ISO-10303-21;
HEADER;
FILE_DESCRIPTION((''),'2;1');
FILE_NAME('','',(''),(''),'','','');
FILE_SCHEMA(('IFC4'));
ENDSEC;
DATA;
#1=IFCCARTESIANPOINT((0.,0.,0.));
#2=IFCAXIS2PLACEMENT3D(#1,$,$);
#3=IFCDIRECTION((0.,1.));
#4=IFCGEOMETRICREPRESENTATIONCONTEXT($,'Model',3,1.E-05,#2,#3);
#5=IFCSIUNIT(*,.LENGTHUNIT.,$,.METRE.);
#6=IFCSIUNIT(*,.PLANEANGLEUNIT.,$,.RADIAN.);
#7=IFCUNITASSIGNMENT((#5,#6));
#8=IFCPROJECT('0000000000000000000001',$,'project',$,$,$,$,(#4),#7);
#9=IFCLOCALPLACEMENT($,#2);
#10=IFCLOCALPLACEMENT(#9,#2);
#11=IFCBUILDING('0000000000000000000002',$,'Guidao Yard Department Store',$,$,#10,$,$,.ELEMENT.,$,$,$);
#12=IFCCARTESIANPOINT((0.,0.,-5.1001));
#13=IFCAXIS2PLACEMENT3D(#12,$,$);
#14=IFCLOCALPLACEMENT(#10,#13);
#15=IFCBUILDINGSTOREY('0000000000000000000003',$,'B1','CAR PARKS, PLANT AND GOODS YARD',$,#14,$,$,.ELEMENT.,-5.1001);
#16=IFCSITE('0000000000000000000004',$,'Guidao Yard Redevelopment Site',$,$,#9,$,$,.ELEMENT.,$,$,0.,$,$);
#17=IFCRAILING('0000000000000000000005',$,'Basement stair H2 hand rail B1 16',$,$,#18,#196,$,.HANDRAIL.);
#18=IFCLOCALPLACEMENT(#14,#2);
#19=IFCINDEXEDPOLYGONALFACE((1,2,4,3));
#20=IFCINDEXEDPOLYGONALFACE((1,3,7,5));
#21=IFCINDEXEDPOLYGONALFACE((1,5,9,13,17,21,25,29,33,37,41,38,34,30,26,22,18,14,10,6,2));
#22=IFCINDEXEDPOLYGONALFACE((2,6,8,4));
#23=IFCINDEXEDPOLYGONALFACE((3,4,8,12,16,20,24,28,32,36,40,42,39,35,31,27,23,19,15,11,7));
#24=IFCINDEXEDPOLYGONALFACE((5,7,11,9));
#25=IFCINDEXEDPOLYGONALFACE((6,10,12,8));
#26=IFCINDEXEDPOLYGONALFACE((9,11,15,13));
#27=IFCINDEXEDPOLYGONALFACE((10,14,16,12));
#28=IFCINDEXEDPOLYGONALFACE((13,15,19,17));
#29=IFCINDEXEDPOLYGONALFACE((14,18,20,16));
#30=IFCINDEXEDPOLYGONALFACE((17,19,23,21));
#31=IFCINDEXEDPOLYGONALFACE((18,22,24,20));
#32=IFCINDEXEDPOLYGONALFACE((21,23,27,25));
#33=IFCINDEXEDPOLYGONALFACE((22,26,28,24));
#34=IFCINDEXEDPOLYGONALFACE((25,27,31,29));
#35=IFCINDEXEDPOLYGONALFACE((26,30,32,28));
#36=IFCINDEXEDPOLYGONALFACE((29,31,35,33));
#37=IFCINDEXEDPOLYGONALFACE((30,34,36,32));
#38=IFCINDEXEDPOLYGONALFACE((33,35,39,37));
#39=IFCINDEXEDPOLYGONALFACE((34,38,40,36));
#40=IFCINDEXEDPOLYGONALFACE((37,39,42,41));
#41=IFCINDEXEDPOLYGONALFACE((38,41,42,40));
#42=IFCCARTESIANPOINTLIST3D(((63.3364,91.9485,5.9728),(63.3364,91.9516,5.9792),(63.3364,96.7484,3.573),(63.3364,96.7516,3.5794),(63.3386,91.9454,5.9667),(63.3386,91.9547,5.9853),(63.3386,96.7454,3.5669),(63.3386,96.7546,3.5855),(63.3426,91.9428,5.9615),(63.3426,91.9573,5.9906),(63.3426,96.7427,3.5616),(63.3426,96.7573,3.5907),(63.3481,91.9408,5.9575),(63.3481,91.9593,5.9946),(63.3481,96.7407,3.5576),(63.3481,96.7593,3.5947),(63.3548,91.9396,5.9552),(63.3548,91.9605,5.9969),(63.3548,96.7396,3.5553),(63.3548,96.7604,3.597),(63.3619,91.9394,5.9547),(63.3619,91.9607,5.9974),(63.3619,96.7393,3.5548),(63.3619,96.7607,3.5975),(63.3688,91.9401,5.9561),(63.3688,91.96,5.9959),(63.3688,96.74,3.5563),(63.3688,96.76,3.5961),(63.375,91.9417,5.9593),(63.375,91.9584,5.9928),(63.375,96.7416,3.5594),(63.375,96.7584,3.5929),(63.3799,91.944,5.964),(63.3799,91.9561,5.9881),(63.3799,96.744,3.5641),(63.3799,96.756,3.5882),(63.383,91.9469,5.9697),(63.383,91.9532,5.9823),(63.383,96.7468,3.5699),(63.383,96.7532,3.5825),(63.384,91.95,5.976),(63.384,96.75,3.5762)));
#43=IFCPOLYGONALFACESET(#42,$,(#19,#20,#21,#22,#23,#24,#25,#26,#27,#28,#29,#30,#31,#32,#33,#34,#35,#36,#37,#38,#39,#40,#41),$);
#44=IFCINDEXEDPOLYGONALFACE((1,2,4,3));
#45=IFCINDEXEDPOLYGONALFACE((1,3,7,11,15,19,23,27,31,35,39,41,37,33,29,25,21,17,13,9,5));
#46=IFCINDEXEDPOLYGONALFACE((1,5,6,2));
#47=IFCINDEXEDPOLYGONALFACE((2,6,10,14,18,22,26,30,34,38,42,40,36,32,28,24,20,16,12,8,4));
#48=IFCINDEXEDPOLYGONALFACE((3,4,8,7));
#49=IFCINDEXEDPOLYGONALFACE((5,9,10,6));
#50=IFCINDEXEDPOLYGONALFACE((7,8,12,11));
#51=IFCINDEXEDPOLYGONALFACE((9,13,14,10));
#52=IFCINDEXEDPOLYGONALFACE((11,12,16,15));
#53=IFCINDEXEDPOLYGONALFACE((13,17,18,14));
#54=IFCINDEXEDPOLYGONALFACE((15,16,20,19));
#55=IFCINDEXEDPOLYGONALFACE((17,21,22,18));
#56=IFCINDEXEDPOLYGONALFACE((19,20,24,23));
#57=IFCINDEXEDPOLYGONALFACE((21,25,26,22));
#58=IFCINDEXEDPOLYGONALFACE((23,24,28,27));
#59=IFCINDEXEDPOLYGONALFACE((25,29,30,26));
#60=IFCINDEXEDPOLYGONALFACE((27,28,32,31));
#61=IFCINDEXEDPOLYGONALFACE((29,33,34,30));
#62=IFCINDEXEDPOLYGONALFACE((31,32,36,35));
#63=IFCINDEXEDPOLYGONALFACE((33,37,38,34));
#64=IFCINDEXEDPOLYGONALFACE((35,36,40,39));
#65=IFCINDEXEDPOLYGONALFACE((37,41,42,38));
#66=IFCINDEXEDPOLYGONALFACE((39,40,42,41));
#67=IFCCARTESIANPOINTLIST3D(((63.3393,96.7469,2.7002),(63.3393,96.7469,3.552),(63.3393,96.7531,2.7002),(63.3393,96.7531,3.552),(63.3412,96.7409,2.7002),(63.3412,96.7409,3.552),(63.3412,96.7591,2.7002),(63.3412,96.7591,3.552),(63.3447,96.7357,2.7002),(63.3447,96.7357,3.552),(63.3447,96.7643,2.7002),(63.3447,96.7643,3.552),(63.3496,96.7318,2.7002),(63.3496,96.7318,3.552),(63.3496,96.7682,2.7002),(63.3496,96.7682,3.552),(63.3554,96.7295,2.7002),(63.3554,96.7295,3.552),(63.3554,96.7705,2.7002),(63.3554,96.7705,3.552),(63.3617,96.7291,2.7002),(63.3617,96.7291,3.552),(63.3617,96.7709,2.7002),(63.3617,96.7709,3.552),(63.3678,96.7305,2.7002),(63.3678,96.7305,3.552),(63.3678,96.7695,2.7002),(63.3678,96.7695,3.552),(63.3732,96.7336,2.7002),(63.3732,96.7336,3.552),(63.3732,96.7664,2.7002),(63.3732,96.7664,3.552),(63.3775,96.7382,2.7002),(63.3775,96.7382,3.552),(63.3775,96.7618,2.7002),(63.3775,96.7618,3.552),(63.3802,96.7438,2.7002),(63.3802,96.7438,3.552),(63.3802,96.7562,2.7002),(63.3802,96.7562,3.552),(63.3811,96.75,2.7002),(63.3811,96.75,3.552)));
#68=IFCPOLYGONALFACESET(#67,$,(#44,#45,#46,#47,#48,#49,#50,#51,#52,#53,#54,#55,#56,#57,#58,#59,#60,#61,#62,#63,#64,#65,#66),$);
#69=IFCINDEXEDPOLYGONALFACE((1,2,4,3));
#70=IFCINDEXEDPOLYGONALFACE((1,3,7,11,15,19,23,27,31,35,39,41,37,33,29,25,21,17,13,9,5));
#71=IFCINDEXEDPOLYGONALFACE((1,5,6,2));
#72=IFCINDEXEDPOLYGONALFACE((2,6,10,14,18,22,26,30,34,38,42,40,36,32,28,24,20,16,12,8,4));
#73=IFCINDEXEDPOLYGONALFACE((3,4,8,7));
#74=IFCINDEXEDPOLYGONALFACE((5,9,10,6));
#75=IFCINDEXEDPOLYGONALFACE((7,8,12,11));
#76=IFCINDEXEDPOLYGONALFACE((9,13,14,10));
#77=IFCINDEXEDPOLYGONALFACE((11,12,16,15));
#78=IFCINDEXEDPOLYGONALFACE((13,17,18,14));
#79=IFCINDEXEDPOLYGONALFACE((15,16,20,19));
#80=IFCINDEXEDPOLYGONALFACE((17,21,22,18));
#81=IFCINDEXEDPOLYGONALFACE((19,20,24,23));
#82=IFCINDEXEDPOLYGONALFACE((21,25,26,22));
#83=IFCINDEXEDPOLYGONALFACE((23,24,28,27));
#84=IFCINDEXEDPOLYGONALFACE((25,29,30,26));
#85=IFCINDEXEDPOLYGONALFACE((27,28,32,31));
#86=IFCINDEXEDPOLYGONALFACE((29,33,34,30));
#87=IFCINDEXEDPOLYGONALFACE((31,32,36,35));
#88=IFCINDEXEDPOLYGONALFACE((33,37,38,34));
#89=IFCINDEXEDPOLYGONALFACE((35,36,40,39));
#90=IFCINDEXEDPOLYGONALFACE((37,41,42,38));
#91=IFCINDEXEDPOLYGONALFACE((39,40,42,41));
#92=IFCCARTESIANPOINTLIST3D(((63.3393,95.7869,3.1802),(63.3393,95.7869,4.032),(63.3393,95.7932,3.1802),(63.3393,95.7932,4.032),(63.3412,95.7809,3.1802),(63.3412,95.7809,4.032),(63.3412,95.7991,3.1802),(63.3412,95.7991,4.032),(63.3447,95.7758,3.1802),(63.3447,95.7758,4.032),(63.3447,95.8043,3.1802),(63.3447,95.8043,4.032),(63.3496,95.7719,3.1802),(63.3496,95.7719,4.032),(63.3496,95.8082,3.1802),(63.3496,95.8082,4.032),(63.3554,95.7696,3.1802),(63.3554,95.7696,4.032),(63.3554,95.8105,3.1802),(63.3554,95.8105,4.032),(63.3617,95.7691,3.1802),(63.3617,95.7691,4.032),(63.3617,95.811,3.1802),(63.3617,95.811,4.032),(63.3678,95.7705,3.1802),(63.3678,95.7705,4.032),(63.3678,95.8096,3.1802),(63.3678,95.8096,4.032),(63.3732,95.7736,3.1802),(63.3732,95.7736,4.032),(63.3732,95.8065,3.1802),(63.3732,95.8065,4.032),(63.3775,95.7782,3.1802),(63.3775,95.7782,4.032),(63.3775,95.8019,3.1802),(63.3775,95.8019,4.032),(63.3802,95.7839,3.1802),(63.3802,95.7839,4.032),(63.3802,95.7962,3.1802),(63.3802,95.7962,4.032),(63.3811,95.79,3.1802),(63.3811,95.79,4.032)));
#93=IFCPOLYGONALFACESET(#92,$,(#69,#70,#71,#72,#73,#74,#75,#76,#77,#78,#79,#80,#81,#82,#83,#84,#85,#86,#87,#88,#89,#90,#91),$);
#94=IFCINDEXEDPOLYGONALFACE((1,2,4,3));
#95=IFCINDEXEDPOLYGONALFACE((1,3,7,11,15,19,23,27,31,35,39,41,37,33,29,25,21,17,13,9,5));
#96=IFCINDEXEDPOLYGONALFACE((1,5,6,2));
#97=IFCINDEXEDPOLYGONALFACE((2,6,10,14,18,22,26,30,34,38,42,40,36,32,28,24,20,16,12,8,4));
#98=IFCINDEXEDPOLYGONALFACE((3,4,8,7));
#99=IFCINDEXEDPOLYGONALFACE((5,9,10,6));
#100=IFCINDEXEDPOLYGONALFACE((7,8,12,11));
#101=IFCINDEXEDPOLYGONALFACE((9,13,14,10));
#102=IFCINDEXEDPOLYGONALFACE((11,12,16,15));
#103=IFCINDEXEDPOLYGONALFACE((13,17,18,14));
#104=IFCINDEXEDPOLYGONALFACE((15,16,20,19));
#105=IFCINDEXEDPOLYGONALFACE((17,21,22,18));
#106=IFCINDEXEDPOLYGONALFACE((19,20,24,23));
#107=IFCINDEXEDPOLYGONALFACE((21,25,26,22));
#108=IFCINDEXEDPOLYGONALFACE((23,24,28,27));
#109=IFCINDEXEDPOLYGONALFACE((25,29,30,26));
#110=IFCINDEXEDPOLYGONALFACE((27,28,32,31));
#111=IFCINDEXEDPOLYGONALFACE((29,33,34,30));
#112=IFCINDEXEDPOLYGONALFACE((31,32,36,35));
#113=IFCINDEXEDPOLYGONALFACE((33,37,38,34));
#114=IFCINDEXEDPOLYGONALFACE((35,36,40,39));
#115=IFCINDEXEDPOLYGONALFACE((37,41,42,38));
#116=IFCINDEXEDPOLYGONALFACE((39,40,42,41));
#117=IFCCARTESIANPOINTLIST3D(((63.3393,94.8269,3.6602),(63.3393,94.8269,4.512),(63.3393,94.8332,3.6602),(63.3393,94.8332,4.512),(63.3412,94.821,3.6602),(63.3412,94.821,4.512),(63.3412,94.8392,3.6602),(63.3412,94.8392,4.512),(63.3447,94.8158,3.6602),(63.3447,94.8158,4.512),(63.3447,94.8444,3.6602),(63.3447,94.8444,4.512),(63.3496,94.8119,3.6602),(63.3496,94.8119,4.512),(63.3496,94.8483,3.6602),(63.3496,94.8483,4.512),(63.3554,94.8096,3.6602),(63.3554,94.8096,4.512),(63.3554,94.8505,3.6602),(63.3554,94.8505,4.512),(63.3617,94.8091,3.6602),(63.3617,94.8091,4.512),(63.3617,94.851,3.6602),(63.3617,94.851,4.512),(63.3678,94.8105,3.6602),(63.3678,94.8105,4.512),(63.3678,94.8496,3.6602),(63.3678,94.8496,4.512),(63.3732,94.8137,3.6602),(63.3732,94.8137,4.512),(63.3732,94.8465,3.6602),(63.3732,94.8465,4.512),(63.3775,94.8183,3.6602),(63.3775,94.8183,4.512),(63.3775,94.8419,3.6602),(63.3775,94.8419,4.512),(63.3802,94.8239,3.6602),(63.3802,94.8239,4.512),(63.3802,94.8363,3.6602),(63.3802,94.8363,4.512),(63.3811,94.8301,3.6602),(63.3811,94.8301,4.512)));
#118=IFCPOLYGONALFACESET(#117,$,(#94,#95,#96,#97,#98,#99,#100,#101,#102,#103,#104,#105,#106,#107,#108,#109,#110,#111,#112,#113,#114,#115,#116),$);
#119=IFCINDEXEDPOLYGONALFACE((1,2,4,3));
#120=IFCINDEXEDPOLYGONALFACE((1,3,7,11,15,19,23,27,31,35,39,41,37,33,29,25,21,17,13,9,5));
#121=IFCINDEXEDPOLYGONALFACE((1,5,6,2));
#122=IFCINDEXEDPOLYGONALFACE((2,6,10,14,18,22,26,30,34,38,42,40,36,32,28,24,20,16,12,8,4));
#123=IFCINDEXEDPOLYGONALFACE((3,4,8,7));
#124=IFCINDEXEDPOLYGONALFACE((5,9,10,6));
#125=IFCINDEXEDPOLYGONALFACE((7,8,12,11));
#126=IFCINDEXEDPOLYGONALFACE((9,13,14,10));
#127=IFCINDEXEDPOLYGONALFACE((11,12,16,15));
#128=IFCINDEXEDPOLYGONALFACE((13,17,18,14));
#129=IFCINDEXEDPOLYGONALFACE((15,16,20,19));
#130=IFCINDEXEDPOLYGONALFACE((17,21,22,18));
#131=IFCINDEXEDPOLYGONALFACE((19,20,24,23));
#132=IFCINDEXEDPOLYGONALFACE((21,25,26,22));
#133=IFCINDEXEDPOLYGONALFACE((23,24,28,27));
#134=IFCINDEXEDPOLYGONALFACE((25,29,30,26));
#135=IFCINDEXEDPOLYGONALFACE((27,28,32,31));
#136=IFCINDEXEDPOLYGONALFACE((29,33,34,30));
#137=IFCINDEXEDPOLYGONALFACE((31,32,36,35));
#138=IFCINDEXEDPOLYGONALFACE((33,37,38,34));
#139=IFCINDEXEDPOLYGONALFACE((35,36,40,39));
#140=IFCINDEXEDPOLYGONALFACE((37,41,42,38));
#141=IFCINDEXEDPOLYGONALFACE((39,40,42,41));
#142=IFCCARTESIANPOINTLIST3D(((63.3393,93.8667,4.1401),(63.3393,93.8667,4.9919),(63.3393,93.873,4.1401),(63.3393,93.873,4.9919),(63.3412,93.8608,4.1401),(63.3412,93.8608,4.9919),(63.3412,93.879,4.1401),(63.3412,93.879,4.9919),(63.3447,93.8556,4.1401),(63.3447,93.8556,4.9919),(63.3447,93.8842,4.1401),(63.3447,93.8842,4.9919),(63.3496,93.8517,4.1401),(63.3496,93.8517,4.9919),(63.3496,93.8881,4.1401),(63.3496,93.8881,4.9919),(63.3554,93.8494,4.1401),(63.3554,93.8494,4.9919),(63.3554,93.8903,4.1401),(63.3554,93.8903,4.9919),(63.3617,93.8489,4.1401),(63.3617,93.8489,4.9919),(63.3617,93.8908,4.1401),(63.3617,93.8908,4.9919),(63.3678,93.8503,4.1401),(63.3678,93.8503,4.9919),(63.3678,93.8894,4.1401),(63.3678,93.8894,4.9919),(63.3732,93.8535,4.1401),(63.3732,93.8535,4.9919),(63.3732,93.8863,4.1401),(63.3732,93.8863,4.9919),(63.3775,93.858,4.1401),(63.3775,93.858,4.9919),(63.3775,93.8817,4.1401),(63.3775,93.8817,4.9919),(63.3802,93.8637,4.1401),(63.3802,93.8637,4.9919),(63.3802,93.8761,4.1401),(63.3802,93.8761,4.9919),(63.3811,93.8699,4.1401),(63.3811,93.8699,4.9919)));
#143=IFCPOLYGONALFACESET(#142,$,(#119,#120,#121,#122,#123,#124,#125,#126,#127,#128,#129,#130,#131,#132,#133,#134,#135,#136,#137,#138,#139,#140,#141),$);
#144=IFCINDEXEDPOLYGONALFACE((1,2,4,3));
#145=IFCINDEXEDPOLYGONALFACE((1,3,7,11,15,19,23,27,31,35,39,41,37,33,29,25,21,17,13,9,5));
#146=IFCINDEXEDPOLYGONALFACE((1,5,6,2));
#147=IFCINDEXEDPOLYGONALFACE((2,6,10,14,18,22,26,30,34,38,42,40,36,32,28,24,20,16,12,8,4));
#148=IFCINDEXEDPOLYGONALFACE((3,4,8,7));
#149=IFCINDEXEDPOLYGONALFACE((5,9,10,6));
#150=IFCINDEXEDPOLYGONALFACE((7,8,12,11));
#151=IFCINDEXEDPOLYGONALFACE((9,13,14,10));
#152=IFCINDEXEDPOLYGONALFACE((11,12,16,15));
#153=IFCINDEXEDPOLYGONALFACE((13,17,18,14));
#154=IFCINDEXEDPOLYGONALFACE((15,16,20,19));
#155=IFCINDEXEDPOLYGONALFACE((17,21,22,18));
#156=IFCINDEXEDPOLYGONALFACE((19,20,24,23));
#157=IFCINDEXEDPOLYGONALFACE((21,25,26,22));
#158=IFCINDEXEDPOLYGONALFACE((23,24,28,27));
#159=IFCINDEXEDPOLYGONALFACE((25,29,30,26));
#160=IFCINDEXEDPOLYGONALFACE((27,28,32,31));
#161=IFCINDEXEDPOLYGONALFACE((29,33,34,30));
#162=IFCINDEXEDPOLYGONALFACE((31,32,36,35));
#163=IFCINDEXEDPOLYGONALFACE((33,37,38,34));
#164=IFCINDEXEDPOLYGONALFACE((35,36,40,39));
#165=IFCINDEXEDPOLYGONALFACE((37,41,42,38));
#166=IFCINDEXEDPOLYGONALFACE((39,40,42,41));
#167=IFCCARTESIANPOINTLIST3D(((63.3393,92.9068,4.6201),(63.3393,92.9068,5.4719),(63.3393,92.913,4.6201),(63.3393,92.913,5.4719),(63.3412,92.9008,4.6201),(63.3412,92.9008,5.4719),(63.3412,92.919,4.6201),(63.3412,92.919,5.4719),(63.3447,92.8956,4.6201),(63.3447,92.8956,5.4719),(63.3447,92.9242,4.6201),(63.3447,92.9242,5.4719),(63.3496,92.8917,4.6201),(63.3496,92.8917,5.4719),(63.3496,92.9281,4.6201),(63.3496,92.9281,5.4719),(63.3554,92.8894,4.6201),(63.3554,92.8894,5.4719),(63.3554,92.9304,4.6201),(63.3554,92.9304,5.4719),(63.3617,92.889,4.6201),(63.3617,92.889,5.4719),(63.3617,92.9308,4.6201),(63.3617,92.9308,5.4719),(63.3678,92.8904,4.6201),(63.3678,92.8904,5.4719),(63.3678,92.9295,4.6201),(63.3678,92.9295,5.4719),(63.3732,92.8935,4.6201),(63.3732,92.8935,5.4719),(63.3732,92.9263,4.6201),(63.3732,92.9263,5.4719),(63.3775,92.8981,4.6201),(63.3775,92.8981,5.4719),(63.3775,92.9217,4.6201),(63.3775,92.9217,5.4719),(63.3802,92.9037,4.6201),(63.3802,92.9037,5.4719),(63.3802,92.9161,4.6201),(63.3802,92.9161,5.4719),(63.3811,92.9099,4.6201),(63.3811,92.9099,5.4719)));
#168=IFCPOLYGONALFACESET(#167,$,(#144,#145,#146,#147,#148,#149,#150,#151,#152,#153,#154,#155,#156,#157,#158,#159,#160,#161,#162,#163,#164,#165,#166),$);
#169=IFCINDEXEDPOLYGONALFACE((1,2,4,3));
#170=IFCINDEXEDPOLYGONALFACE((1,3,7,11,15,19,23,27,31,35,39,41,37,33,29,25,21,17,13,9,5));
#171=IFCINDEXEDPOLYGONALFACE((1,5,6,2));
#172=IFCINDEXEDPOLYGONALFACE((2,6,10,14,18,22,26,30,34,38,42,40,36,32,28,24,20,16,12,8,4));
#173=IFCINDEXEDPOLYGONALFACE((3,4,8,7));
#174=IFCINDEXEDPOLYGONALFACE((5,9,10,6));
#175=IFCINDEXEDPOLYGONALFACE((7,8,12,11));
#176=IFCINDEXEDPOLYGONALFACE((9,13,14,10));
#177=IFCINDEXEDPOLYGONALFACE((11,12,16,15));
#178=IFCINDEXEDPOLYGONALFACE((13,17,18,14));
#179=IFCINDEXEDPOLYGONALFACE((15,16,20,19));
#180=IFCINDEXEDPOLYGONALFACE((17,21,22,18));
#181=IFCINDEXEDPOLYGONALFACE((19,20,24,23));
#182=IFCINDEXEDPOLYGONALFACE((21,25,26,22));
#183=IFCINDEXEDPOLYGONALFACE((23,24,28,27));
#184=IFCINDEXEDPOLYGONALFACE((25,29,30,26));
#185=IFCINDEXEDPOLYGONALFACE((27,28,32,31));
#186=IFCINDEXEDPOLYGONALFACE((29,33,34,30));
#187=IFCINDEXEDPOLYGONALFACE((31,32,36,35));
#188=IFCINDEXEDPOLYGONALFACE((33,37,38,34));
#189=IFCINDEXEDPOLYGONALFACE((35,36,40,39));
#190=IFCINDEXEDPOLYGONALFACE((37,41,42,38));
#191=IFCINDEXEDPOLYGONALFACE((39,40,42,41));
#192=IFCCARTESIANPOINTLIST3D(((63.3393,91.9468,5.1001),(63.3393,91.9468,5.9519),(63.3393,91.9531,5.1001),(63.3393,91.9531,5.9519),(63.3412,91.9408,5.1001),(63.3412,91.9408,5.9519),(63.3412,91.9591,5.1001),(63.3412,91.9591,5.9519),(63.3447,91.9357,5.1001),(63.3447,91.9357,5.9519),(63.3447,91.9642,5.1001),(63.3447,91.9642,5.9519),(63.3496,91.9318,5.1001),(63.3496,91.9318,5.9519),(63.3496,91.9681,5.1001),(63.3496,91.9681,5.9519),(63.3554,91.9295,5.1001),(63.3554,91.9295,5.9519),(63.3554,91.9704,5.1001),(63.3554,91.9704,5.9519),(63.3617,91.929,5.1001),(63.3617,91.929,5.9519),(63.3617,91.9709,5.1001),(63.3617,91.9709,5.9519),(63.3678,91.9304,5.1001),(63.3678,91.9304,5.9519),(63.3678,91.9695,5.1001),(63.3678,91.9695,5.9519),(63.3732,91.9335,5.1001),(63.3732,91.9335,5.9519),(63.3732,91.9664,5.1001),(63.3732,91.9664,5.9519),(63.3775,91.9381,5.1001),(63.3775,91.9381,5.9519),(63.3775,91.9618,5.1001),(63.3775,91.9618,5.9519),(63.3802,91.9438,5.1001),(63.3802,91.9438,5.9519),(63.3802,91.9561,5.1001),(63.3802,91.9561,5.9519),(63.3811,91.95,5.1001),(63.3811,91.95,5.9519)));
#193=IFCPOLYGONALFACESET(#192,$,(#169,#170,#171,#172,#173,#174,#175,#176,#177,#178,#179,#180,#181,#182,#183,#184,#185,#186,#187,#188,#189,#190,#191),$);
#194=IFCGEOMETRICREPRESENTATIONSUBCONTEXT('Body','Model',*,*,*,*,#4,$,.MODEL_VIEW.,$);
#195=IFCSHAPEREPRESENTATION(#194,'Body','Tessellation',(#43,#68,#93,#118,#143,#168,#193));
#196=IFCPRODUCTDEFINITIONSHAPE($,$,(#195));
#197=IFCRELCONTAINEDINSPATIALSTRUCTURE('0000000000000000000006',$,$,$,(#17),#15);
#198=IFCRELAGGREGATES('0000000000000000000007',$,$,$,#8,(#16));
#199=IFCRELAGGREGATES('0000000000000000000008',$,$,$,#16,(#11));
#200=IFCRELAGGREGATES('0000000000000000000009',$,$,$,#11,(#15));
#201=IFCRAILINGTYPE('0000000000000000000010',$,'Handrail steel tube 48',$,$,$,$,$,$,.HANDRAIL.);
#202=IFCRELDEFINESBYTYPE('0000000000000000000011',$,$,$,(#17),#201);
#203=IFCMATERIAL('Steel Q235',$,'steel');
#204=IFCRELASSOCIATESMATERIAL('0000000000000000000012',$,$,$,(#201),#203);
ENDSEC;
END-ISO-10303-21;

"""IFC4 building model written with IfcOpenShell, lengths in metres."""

from ifc_helpers import new_model, si_unit, direction, frame, origin, origin_2d, place, context, subcontext, project, spatial, circle, extrude, material, type_object, element, save


model = new_model("IFC4")

# Units and contexts
model_context = context("Model", 3, precision=1e-05, world=origin(), true_north=direction((0.0, 1.0)))
body_context = subcontext(model_context, "Body", "Model", "MODEL_VIEW")
ifc_project = project(units=[si_unit("LENGTHUNIT", "METRE"), si_unit("PLANEANGLEUNIT", "RADIAN")], contexts=[model_context])

# Site, building, storey
site_placement = place(None, origin())
site = spatial("IfcSite", under=ifc_project, at=site_placement, Name="Guidao Yard Redevelopment Site", CompositionType="ELEMENT", RefElevation=0.0)
building_placement = place(site_placement, origin())
building = spatial("IfcBuilding", under=site, at=building_placement, Name="Guidao Yard Department Store", CompositionType="ELEMENT")
storey_placement = place(building_placement, frame((0.0, 0.0, -5.1001)))
storey = spatial("IfcBuildingStorey", under=building, at=storey_placement, Name="B1", Description="CAR PARKS, PLANT AND GOODS YARD", CompositionType="ELEMENT", Elevation=-5.1001)

# Railing
ifc_material_1 = material(Name="Steel Q235", Category="steel")
railing_type = type_object("IfcRailingType", Name="Handrail steel tube 48", PredefinedType="HANDRAIL", material=ifc_material_1)
for number, where, name in (
    (1, (63.3601, 96.75, 2.7002), "Basement stair H2 hand rail B1 16"),
):
    element("IfcRailing", number, at=place(storey_placement, frame(where)), inside=storey, type_object=railing_type, Name=name, PredefinedType="HANDRAIL", context=body_context, shape_type="SweptSolid", body=[
        extrude(circle(Radius=0.0239, at=origin_2d()), frame((0.0, 0.0, 0.876), z_axis=(0.0, -0.894436, 0.447195), x_axis=(1.0, 0.0, 0.0)), (0.0, 0.0, 1.0), 5.3665),
        extrude(circle(Radius=0.021, at=origin_2d()), origin(), (0.0, 0.0, 1.0), 0.8518),
        extrude(circle(Radius=0.021, at=origin_2d()), frame((0.0, -0.96, 0.48)), (0.0, 0.0, 1.0), 0.8518),
        extrude(circle(Radius=0.021, at=origin_2d()), frame((0.0, -1.9199, 0.96)), (0.0, 0.0, 1.0), 0.8518),
        extrude(circle(Radius=0.021, at=origin_2d()), frame((0.0, -2.8801, 1.4399)), (0.0, 0.0, 1.0), 0.8518),
        extrude(circle(Radius=0.021, at=origin_2d()), frame((0.0, -3.8401, 1.9199)), (0.0, 0.0, 1.0), 0.8518),
        extrude(circle(Radius=0.021, at=origin_2d()), frame((0.0, -4.8, 2.3999)), (0.0, 0.0, 1.0), 0.8518),
    ])

save(model, "model.ifc")
